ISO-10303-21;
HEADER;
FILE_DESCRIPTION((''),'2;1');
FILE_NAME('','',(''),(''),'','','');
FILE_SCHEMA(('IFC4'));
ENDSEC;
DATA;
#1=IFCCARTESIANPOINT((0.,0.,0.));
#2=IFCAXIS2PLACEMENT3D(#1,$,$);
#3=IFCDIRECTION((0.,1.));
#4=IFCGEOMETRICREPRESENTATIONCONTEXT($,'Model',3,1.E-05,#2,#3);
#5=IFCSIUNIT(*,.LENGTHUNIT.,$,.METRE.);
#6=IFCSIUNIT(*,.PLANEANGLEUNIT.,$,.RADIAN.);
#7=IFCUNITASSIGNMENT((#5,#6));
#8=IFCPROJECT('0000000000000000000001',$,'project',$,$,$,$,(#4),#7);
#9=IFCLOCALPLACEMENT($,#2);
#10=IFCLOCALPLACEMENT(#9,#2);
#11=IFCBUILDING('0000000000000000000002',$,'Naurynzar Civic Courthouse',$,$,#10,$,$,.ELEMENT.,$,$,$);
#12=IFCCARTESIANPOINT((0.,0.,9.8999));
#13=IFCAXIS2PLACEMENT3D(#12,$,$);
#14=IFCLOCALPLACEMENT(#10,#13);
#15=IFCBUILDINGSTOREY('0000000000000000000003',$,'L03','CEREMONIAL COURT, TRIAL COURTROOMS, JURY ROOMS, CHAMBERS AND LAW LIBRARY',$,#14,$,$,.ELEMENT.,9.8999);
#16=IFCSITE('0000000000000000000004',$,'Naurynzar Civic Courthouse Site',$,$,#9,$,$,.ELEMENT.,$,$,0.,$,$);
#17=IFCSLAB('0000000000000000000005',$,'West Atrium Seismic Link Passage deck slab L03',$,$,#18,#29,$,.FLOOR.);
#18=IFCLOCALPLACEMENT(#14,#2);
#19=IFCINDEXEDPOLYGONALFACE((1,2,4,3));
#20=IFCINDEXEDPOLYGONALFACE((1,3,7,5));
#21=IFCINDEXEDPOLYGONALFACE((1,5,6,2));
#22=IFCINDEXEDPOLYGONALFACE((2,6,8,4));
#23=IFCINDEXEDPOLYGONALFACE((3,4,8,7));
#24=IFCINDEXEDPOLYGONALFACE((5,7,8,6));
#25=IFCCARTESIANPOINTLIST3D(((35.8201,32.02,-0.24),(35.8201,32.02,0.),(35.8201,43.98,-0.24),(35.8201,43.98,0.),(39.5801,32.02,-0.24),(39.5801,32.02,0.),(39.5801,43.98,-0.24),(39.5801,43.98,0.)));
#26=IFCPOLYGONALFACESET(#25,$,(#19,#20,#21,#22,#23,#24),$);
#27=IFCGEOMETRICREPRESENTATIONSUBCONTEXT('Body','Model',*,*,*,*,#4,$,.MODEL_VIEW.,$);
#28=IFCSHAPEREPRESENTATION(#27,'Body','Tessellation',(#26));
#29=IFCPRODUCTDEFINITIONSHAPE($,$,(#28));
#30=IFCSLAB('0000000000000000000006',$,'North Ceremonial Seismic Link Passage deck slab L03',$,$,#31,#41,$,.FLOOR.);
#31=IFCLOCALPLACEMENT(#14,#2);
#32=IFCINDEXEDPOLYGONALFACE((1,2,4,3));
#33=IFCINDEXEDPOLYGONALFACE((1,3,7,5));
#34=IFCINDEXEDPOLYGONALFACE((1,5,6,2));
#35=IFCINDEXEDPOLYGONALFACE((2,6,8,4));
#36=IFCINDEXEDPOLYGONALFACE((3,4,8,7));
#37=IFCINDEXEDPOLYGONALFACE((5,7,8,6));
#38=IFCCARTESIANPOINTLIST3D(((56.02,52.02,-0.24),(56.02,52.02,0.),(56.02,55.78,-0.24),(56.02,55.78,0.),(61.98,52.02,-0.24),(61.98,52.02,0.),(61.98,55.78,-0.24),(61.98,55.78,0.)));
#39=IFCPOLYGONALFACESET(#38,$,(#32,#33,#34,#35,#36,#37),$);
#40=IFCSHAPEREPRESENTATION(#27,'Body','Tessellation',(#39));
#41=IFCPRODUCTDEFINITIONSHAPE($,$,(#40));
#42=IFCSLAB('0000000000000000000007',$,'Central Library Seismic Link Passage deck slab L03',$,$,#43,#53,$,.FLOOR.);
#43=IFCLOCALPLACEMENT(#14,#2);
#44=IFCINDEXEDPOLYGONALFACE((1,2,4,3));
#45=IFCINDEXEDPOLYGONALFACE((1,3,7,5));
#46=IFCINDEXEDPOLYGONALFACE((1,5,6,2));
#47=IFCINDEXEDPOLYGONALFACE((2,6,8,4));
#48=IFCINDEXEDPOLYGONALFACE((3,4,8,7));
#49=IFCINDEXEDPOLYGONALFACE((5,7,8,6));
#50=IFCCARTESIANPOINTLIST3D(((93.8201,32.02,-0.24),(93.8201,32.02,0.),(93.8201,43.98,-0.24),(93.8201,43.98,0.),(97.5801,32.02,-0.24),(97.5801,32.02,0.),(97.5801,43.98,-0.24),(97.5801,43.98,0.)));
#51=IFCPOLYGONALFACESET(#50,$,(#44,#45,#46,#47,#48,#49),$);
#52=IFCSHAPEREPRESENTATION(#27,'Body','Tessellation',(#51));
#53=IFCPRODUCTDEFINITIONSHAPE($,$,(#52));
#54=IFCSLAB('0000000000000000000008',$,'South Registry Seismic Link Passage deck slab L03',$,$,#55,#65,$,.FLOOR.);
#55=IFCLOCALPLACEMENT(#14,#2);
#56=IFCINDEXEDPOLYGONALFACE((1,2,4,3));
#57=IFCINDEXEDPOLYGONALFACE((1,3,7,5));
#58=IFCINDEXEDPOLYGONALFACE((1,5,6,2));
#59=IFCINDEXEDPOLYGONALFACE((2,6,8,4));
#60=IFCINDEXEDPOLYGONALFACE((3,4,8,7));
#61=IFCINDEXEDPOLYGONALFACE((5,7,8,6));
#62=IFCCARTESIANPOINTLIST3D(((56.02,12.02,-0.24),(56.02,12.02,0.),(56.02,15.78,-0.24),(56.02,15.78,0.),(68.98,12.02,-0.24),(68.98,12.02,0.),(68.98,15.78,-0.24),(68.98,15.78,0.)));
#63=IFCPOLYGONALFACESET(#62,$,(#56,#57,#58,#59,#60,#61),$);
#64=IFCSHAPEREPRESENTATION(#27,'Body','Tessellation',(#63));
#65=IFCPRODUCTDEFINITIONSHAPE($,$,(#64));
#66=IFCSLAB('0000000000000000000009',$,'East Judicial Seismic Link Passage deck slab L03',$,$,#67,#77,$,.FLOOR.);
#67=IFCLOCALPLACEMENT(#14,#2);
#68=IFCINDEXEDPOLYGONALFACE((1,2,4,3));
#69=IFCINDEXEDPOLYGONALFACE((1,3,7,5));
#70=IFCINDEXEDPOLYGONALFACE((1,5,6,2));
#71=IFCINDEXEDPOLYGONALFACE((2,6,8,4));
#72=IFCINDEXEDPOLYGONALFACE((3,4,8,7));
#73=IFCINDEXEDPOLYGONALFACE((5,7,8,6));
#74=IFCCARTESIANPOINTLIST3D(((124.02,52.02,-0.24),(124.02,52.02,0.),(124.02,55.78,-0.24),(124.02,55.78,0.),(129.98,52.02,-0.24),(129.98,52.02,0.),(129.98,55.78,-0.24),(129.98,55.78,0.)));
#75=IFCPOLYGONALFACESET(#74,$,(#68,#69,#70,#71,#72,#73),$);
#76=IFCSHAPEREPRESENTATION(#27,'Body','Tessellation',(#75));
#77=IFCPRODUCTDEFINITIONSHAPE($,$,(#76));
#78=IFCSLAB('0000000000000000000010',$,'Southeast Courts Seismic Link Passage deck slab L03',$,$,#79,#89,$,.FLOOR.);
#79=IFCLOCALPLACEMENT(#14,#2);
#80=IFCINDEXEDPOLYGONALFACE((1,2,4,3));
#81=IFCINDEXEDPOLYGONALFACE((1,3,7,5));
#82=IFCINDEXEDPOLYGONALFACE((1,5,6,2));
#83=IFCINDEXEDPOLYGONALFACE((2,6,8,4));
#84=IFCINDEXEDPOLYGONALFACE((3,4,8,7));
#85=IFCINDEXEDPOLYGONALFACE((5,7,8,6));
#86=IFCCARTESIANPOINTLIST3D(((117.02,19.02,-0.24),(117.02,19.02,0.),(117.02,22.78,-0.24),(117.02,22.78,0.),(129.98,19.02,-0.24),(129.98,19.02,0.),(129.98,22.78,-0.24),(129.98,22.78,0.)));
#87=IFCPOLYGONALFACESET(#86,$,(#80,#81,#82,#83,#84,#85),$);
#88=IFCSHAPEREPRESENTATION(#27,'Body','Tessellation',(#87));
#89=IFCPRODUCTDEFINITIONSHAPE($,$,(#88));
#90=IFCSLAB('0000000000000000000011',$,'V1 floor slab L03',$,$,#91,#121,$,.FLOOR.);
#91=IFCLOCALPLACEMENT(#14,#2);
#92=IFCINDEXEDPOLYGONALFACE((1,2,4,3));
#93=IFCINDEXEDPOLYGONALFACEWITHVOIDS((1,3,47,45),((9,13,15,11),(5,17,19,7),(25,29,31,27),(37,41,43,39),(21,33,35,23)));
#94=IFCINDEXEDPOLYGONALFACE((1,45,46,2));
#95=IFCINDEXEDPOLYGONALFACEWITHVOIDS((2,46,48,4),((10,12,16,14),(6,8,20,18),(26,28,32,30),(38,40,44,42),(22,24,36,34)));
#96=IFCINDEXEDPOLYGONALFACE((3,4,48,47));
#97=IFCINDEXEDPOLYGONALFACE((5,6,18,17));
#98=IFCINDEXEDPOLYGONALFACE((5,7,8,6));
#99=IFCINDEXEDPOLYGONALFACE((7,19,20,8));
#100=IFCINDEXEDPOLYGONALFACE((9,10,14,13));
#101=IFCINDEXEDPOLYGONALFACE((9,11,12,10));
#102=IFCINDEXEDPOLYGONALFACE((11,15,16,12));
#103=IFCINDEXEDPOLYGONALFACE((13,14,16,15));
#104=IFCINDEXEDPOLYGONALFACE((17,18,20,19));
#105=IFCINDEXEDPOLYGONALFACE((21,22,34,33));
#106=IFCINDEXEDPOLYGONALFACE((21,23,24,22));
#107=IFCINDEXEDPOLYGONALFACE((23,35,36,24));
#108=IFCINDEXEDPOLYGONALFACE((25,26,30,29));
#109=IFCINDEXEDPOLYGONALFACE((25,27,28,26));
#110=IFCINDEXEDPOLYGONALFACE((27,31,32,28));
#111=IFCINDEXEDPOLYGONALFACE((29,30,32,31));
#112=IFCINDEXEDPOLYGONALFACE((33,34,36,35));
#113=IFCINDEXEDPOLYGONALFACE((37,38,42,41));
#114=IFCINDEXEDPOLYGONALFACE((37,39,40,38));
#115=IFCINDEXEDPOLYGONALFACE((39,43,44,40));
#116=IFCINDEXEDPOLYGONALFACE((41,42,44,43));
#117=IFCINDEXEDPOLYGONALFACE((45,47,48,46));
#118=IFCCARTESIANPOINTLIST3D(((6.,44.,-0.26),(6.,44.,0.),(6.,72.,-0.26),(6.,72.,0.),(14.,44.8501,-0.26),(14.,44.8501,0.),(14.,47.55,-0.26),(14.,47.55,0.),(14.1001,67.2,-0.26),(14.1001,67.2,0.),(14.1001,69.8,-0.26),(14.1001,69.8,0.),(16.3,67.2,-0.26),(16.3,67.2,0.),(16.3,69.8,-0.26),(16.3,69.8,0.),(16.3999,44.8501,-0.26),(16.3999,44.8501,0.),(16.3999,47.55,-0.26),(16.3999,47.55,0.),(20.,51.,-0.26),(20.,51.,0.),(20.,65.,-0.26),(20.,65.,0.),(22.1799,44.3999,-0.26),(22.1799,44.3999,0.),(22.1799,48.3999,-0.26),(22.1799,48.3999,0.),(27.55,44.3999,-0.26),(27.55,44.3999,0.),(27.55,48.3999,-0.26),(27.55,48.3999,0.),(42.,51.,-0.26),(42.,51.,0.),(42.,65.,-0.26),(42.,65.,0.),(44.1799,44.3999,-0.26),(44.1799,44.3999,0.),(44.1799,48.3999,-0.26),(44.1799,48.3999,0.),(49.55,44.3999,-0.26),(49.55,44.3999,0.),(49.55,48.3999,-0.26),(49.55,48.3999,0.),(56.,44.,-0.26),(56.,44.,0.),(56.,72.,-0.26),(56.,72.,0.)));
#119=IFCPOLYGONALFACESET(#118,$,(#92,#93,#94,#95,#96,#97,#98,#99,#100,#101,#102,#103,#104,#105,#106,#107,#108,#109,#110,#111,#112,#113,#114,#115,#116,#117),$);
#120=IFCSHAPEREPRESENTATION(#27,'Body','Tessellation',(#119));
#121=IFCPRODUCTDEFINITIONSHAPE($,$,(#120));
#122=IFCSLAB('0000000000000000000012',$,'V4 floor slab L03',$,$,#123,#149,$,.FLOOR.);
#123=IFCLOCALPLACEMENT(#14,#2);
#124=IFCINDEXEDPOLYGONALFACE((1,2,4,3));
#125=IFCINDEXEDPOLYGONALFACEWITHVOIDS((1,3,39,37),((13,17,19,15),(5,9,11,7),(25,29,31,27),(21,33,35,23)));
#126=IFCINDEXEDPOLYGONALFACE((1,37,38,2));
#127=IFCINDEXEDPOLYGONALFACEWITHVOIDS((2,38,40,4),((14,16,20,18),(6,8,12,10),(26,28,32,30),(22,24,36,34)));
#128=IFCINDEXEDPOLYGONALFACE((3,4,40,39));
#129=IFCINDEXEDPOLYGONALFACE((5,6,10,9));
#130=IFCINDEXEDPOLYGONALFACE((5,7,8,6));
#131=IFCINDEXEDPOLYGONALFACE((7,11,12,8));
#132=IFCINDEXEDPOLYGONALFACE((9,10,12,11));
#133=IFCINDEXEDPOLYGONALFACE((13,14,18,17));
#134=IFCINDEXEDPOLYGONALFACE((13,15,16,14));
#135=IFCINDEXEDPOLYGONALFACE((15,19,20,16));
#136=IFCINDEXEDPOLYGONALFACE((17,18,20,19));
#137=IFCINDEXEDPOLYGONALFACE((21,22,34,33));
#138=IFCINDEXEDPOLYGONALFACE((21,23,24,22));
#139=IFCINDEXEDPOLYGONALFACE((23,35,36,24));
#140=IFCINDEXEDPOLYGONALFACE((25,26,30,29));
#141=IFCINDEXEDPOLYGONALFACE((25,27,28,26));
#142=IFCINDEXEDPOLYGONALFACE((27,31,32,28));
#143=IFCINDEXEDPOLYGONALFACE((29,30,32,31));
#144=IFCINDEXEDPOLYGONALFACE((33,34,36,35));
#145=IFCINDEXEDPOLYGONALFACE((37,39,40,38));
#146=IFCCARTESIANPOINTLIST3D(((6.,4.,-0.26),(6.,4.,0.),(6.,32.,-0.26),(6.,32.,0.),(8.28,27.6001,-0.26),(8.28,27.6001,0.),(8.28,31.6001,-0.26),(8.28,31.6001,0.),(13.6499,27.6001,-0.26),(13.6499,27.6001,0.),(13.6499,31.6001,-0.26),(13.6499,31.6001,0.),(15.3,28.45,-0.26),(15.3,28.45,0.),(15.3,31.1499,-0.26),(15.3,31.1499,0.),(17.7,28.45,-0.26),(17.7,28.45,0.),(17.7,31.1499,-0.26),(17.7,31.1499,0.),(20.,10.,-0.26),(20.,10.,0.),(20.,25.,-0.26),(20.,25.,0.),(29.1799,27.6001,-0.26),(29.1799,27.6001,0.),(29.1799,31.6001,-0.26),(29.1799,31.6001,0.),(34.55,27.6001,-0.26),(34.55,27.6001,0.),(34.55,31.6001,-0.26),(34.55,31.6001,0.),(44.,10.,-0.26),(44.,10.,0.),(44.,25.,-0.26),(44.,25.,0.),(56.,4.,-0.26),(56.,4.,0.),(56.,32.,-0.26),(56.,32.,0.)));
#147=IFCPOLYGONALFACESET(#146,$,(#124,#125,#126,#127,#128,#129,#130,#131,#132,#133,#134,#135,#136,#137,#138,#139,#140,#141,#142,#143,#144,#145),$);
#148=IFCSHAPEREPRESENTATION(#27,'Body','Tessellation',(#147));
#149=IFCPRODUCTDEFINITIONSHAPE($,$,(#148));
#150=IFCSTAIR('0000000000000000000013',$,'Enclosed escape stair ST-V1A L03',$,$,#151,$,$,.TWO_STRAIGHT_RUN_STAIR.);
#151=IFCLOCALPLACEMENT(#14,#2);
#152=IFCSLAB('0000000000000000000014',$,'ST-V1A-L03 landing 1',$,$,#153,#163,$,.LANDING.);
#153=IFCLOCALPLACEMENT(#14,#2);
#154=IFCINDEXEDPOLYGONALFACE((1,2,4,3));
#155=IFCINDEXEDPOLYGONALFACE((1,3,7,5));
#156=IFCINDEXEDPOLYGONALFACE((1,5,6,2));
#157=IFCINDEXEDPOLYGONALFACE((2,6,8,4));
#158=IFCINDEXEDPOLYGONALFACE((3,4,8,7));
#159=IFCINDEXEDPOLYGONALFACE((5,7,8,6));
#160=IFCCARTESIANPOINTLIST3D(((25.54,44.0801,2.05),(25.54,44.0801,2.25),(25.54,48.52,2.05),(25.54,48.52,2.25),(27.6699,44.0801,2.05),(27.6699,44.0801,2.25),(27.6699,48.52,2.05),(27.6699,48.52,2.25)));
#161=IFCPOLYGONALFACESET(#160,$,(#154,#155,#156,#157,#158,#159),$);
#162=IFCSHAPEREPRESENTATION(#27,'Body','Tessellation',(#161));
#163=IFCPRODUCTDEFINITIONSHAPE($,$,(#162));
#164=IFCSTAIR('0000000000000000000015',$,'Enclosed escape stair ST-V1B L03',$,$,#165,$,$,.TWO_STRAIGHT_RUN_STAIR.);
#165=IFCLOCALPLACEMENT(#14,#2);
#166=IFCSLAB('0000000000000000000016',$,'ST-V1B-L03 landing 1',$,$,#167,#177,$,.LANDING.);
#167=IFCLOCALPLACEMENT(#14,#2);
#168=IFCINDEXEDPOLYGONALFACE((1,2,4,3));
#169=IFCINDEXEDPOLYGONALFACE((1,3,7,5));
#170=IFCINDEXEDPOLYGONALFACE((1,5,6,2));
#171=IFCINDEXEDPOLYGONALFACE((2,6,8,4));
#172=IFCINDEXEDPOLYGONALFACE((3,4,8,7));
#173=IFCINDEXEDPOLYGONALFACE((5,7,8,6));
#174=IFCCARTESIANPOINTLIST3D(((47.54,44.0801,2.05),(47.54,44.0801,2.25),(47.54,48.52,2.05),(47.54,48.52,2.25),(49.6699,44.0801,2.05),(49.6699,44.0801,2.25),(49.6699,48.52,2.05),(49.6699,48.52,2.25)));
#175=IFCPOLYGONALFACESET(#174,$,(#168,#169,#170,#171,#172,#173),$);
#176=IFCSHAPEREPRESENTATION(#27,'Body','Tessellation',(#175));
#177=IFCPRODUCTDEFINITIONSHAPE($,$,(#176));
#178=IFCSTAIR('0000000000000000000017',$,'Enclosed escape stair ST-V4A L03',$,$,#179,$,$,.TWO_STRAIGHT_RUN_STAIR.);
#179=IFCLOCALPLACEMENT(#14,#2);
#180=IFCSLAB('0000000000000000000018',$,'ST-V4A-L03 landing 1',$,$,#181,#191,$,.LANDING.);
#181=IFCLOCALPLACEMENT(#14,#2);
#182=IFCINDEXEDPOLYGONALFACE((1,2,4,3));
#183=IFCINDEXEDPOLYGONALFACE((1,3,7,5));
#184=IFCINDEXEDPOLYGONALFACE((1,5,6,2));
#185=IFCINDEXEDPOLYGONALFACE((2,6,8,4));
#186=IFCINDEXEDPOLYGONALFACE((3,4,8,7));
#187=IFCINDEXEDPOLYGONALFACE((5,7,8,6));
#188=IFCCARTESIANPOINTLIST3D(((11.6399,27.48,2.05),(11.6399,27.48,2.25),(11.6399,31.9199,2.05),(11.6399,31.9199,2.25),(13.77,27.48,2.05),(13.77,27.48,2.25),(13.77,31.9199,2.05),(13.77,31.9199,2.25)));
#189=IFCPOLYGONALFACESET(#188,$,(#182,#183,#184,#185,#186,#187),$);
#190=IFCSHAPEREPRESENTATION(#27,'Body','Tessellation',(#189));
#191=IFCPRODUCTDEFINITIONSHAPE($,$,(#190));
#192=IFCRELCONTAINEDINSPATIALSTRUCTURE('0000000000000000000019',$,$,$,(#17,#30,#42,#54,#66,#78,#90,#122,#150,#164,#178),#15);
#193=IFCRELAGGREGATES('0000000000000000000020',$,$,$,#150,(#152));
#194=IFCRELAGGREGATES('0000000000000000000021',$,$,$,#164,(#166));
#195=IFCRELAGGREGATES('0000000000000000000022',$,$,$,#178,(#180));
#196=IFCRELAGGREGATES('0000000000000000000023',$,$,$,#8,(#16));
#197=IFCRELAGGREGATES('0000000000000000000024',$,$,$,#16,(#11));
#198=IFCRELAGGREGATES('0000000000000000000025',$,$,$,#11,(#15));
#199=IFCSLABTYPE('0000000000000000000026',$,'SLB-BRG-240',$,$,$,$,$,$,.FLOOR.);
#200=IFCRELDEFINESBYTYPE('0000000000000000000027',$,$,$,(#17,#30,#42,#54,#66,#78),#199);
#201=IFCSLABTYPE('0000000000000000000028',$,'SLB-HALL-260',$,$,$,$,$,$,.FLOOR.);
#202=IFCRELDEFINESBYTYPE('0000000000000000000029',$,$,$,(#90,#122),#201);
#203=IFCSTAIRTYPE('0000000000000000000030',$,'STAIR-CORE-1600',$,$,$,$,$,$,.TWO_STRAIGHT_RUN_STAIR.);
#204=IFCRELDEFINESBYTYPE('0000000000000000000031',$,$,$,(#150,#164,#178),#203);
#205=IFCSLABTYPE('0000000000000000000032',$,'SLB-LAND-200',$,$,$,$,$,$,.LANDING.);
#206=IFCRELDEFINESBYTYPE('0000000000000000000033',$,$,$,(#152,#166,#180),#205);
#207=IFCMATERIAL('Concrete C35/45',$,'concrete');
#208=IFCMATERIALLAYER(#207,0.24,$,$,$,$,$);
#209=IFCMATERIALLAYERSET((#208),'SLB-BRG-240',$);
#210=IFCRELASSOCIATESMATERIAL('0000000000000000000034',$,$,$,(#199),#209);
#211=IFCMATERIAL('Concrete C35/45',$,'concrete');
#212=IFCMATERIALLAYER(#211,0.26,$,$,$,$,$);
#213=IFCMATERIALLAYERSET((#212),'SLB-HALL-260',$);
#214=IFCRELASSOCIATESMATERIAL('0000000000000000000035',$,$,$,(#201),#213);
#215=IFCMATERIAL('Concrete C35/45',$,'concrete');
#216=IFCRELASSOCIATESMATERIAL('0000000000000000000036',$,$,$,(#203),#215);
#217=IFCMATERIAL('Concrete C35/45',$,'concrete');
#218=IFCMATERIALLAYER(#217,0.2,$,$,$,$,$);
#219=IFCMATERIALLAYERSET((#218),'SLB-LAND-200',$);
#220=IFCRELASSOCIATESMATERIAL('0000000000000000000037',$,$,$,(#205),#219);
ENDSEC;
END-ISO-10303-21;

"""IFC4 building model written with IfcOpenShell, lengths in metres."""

from ifc_helpers import new_model, si_unit, direction, frame, origin, place, context, subcontext, project, spatial, polyline, outline, extrude, material, layer, layer_set, type_object, element, aggregate, save


model = new_model("IFC4")

# Units and contexts
model_context = context("Model", 3, precision=1e-05, world=origin(), true_north=direction((0.0, 1.0)))
body_context = subcontext(model_context, "Body", "Model", "MODEL_VIEW")
ifc_project = project(units=[si_unit("LENGTHUNIT", "METRE"), si_unit("PLANEANGLEUNIT", "RADIAN")], contexts=[model_context])

# Site, building, storey
site_placement = place(None, origin())
site = spatial("IfcSite", under=ifc_project, at=site_placement, Name="Naurynzar Civic Courthouse Site", CompositionType="ELEMENT", RefElevation=0.0)
building_placement = place(site_placement, origin())
building = spatial("IfcBuilding", under=site, at=building_placement, Name="Naurynzar Civic Courthouse", CompositionType="ELEMENT")
storey_placement = place(building_placement, frame((0.0, 0.0, 9.8999)))
storey = spatial("IfcBuildingStorey", under=building, at=storey_placement, Name="L03", Description="CEREMONIAL COURT, TRIAL COURTROOMS, JURY ROOMS, CHAMBERS AND LAW LIBRARY", CompositionType="ELEMENT", Elevation=9.8999)

# Slabs
ifc_material_1 = material(Name="Concrete C35/45", Category="concrete")
ifc_layer_1 = layer(ifc_material_1, 0.24)
ifc_layer_set_1 = layer_set([ifc_layer_1], Name="SLB-BRG-240")
slab_type_1 = type_object("IfcSlabType", Name="SLB-BRG-240", PredefinedType="FLOOR", material=ifc_layer_set_1)
slab_1_placement = place(storey_placement, frame((0.0, 0.0, -0.24)))
element("IfcSlab", 1, at=slab_1_placement, inside=storey, type_object=slab_type_1, Name="West Atrium Seismic Link Passage deck slab L03", PredefinedType="FLOOR", context=body_context, shape_type="SweptSolid", body=[
    extrude(outline(polyline([(35.8201, 32.02), (39.5801, 32.02), (39.5801, 43.98), (35.8201, 43.98), (35.8201, 32.02)])), origin(), (0.0, 0.0, 1.0), 0.24),
])
slab_2_placement = place(storey_placement, frame((0.0, 0.0, -0.24)))
element("IfcSlab", 2, at=slab_2_placement, inside=storey, type_object=slab_type_1, Name="North Ceremonial Seismic Link Passage deck slab L03", PredefinedType="FLOOR", context=body_context, shape_type="SweptSolid", body=[
    extrude(outline(polyline([(56.02, 52.02), (61.98, 52.02), (61.98, 55.78), (56.02, 55.78), (56.02, 52.02)])), origin(), (0.0, 0.0, 1.0), 0.24),
])
slab_3_placement = place(storey_placement, frame((0.0, 0.0, -0.24)))
element("IfcSlab", 3, at=slab_3_placement, inside=storey, type_object=slab_type_1, Name="Central Library Seismic Link Passage deck slab L03", PredefinedType="FLOOR", context=body_context, shape_type="SweptSolid", body=[
    extrude(outline(polyline([(93.8201, 32.02), (97.5801, 32.02), (97.5801, 43.98), (93.8201, 43.98), (93.8201, 32.02)])), origin(), (0.0, 0.0, 1.0), 0.24),
])
slab_4_placement = place(storey_placement, frame((0.0, 0.0, -0.24)))
element("IfcSlab", 4, at=slab_4_placement, inside=storey, type_object=slab_type_1, Name="South Registry Seismic Link Passage deck slab L03", PredefinedType="FLOOR", context=body_context, shape_type="SweptSolid", body=[
    extrude(outline(polyline([(56.02, 12.02), (68.98, 12.02), (68.98, 15.78), (56.02, 15.78), (56.02, 12.02)])), origin(), (0.0, 0.0, 1.0), 0.24),
])
slab_5_placement = place(storey_placement, frame((0.0, 0.0, -0.24)))
element("IfcSlab", 5, at=slab_5_placement, inside=storey, type_object=slab_type_1, Name="East Judicial Seismic Link Passage deck slab L03", PredefinedType="FLOOR", context=body_context, shape_type="SweptSolid", body=[
    extrude(outline(polyline([(124.02, 52.02), (129.98, 52.02), (129.98, 55.78), (124.02, 55.78), (124.02, 52.02)])), origin(), (0.0, 0.0, 1.0), 0.24),
])
slab_6_placement = place(storey_placement, frame((0.0, 0.0, -0.24)))
element("IfcSlab", 6, at=slab_6_placement, inside=storey, type_object=slab_type_1, Name="Southeast Courts Seismic Link Passage deck slab L03", PredefinedType="FLOOR", context=body_context, shape_type="SweptSolid", body=[
    extrude(outline(polyline([(117.02, 19.02), (129.98, 19.02), (129.98, 22.78), (117.02, 22.78), (117.02, 19.02)])), origin(), (0.0, 0.0, 1.0), 0.24),
])
ifc_material_2 = material(Name="Concrete C35/45", Category="concrete")
ifc_layer_2 = layer(ifc_material_2, 0.26)
ifc_layer_set_2 = layer_set([ifc_layer_2], Name="SLB-HALL-260")
slab_type_2 = type_object("IfcSlabType", Name="SLB-HALL-260", PredefinedType="FLOOR", material=ifc_layer_set_2)
slab_7_placement = place(storey_placement, frame((0.0, 0.0, -0.26)))
element("IfcSlab", 7, at=slab_7_placement, inside=storey, type_object=slab_type_2, Name="V1 floor slab L03", PredefinedType="FLOOR", context=body_context, shape_type="SweptSolid", body=[
    extrude(outline(polyline([(6.0, 44.0), (6.0, 72.0), (56.0, 72.0), (56.0, 44.0), (6.0, 44.0)]), holes=[polyline([(42.0, 65.0), (20.0, 65.0), (20.0, 51.0), (42.0, 51.0), (42.0, 65.0)]), polyline([(22.1799, 44.3999), (27.55, 44.3999), (27.55, 48.3999), (22.1799, 48.3999), (22.1799, 44.3999)]), polyline([(44.1799, 44.3999), (49.55, 44.3999), (49.55, 48.3999), (44.1799, 48.3999), (44.1799, 44.3999)]), polyline([(14.0, 44.8501), (16.3999, 44.8501), (16.3999, 47.55), (14.0, 47.55), (14.0, 44.8501)]), polyline([(14.1001, 67.2), (16.3, 67.2), (16.3, 69.8), (14.1001, 69.8), (14.1001, 67.2)])]), origin(), (0.0, 0.0, 1.0), 0.26),
])
slab_8_placement = place(storey_placement, frame((0.0, 0.0, -0.26)))
element("IfcSlab", 8, at=slab_8_placement, inside=storey, type_object=slab_type_2, Name="V4 floor slab L03", PredefinedType="FLOOR", context=body_context, shape_type="SweptSolid", body=[
    extrude(outline(polyline([(6.0, 4.0), (6.0, 32.0), (56.0, 32.0), (56.0, 4.0), (6.0, 4.0)]), holes=[polyline([(44.0, 25.0), (20.0, 25.0), (20.0, 10.0), (44.0, 10.0), (44.0, 25.0)]), polyline([(8.28, 27.6001), (13.6499, 27.6001), (13.6499, 31.6001), (8.28, 31.6001), (8.28, 27.6001)]), polyline([(29.1799, 27.6001), (34.55, 27.6001), (34.55, 31.6001), (29.1799, 31.6001), (29.1799, 27.6001)]), polyline([(15.3, 28.45), (17.7, 28.45), (17.7, 31.1499), (15.3, 31.1499), (15.3, 28.45)])]), origin(), (0.0, 0.0, 1.0), 0.26),
])

# Stairs, slabs
ifc_material_3 = material(Name="Concrete C35/45", Category="concrete")
stair_type_1 = type_object("IfcStairType", Name="STAIR-CORE-1600", PredefinedType="TWO_STRAIGHT_RUN_STAIR", material=ifc_material_3)
stair_1_placement = place(storey_placement, origin())
stair_1 = element("IfcStair", 9, at=stair_1_placement, inside=storey, type_object=stair_type_1, Name="Enclosed escape stair ST-V1A L03", PredefinedType="TWO_STRAIGHT_RUN_STAIR")
ifc_material_4 = material(Name="Concrete C35/45", Category="concrete")
ifc_layer_3 = layer(ifc_material_4, 0.2)
ifc_layer_set_3 = layer_set([ifc_layer_3], Name="SLB-LAND-200")
slab_type_3 = type_object("IfcSlabType", Name="SLB-LAND-200", PredefinedType="LANDING", material=ifc_layer_set_3)
slab_9_placement = place(storey_placement, frame((0.0, 0.0, 2.05)))
slab_9 = element("IfcSlab", 10, at=slab_9_placement, type_object=slab_type_3, Name="ST-V1A-L03 landing 1", PredefinedType="LANDING", context=body_context, shape_type="SweptSolid", body=[
    extrude(outline(polyline([(25.54, 44.0801), (27.6699, 44.0801), (27.6699, 48.52), (25.54, 48.52), (25.54, 44.0801)])), origin(), (0.0, 0.0, 1.0), 0.2),
])
aggregate(stair_1, [slab_9])
stair_2_placement = place(storey_placement, origin())
stair_2 = element("IfcStair", 11, at=stair_2_placement, inside=storey, type_object=stair_type_1, Name="Enclosed escape stair ST-V1B L03", PredefinedType="TWO_STRAIGHT_RUN_STAIR")
slab_10_placement = place(storey_placement, frame((0.0, 0.0, 2.05)))
slab_10 = element("IfcSlab", 12, at=slab_10_placement, type_object=slab_type_3, Name="ST-V1B-L03 landing 1", PredefinedType="LANDING", context=body_context, shape_type="SweptSolid", body=[
    extrude(outline(polyline([(47.54, 44.0801), (49.6699, 44.0801), (49.6699, 48.52), (47.54, 48.52), (47.54, 44.0801)])), origin(), (0.0, 0.0, 1.0), 0.2),
])
aggregate(stair_2, [slab_10])
stair_3_placement = place(storey_placement, origin())
stair_3 = element("IfcStair", 13, at=stair_3_placement, inside=storey, type_object=stair_type_1, Name="Enclosed escape stair ST-V4A L03", PredefinedType="TWO_STRAIGHT_RUN_STAIR")
slab_11_placement = place(storey_placement, frame((0.0, 0.0, 2.05)))
slab_11 = element("IfcSlab", 14, at=slab_11_placement, type_object=slab_type_3, Name="ST-V4A-L03 landing 1", PredefinedType="LANDING", context=body_context, shape_type="SweptSolid", body=[
    extrude(outline(polyline([(11.6399, 27.48), (13.77, 27.48), (13.77, 31.9199), (11.6399, 31.9199), (11.6399, 27.48)])), origin(), (0.0, 0.0, 1.0), 0.2),
])
aggregate(stair_3, [slab_11])

save(model, "model.ifc")
